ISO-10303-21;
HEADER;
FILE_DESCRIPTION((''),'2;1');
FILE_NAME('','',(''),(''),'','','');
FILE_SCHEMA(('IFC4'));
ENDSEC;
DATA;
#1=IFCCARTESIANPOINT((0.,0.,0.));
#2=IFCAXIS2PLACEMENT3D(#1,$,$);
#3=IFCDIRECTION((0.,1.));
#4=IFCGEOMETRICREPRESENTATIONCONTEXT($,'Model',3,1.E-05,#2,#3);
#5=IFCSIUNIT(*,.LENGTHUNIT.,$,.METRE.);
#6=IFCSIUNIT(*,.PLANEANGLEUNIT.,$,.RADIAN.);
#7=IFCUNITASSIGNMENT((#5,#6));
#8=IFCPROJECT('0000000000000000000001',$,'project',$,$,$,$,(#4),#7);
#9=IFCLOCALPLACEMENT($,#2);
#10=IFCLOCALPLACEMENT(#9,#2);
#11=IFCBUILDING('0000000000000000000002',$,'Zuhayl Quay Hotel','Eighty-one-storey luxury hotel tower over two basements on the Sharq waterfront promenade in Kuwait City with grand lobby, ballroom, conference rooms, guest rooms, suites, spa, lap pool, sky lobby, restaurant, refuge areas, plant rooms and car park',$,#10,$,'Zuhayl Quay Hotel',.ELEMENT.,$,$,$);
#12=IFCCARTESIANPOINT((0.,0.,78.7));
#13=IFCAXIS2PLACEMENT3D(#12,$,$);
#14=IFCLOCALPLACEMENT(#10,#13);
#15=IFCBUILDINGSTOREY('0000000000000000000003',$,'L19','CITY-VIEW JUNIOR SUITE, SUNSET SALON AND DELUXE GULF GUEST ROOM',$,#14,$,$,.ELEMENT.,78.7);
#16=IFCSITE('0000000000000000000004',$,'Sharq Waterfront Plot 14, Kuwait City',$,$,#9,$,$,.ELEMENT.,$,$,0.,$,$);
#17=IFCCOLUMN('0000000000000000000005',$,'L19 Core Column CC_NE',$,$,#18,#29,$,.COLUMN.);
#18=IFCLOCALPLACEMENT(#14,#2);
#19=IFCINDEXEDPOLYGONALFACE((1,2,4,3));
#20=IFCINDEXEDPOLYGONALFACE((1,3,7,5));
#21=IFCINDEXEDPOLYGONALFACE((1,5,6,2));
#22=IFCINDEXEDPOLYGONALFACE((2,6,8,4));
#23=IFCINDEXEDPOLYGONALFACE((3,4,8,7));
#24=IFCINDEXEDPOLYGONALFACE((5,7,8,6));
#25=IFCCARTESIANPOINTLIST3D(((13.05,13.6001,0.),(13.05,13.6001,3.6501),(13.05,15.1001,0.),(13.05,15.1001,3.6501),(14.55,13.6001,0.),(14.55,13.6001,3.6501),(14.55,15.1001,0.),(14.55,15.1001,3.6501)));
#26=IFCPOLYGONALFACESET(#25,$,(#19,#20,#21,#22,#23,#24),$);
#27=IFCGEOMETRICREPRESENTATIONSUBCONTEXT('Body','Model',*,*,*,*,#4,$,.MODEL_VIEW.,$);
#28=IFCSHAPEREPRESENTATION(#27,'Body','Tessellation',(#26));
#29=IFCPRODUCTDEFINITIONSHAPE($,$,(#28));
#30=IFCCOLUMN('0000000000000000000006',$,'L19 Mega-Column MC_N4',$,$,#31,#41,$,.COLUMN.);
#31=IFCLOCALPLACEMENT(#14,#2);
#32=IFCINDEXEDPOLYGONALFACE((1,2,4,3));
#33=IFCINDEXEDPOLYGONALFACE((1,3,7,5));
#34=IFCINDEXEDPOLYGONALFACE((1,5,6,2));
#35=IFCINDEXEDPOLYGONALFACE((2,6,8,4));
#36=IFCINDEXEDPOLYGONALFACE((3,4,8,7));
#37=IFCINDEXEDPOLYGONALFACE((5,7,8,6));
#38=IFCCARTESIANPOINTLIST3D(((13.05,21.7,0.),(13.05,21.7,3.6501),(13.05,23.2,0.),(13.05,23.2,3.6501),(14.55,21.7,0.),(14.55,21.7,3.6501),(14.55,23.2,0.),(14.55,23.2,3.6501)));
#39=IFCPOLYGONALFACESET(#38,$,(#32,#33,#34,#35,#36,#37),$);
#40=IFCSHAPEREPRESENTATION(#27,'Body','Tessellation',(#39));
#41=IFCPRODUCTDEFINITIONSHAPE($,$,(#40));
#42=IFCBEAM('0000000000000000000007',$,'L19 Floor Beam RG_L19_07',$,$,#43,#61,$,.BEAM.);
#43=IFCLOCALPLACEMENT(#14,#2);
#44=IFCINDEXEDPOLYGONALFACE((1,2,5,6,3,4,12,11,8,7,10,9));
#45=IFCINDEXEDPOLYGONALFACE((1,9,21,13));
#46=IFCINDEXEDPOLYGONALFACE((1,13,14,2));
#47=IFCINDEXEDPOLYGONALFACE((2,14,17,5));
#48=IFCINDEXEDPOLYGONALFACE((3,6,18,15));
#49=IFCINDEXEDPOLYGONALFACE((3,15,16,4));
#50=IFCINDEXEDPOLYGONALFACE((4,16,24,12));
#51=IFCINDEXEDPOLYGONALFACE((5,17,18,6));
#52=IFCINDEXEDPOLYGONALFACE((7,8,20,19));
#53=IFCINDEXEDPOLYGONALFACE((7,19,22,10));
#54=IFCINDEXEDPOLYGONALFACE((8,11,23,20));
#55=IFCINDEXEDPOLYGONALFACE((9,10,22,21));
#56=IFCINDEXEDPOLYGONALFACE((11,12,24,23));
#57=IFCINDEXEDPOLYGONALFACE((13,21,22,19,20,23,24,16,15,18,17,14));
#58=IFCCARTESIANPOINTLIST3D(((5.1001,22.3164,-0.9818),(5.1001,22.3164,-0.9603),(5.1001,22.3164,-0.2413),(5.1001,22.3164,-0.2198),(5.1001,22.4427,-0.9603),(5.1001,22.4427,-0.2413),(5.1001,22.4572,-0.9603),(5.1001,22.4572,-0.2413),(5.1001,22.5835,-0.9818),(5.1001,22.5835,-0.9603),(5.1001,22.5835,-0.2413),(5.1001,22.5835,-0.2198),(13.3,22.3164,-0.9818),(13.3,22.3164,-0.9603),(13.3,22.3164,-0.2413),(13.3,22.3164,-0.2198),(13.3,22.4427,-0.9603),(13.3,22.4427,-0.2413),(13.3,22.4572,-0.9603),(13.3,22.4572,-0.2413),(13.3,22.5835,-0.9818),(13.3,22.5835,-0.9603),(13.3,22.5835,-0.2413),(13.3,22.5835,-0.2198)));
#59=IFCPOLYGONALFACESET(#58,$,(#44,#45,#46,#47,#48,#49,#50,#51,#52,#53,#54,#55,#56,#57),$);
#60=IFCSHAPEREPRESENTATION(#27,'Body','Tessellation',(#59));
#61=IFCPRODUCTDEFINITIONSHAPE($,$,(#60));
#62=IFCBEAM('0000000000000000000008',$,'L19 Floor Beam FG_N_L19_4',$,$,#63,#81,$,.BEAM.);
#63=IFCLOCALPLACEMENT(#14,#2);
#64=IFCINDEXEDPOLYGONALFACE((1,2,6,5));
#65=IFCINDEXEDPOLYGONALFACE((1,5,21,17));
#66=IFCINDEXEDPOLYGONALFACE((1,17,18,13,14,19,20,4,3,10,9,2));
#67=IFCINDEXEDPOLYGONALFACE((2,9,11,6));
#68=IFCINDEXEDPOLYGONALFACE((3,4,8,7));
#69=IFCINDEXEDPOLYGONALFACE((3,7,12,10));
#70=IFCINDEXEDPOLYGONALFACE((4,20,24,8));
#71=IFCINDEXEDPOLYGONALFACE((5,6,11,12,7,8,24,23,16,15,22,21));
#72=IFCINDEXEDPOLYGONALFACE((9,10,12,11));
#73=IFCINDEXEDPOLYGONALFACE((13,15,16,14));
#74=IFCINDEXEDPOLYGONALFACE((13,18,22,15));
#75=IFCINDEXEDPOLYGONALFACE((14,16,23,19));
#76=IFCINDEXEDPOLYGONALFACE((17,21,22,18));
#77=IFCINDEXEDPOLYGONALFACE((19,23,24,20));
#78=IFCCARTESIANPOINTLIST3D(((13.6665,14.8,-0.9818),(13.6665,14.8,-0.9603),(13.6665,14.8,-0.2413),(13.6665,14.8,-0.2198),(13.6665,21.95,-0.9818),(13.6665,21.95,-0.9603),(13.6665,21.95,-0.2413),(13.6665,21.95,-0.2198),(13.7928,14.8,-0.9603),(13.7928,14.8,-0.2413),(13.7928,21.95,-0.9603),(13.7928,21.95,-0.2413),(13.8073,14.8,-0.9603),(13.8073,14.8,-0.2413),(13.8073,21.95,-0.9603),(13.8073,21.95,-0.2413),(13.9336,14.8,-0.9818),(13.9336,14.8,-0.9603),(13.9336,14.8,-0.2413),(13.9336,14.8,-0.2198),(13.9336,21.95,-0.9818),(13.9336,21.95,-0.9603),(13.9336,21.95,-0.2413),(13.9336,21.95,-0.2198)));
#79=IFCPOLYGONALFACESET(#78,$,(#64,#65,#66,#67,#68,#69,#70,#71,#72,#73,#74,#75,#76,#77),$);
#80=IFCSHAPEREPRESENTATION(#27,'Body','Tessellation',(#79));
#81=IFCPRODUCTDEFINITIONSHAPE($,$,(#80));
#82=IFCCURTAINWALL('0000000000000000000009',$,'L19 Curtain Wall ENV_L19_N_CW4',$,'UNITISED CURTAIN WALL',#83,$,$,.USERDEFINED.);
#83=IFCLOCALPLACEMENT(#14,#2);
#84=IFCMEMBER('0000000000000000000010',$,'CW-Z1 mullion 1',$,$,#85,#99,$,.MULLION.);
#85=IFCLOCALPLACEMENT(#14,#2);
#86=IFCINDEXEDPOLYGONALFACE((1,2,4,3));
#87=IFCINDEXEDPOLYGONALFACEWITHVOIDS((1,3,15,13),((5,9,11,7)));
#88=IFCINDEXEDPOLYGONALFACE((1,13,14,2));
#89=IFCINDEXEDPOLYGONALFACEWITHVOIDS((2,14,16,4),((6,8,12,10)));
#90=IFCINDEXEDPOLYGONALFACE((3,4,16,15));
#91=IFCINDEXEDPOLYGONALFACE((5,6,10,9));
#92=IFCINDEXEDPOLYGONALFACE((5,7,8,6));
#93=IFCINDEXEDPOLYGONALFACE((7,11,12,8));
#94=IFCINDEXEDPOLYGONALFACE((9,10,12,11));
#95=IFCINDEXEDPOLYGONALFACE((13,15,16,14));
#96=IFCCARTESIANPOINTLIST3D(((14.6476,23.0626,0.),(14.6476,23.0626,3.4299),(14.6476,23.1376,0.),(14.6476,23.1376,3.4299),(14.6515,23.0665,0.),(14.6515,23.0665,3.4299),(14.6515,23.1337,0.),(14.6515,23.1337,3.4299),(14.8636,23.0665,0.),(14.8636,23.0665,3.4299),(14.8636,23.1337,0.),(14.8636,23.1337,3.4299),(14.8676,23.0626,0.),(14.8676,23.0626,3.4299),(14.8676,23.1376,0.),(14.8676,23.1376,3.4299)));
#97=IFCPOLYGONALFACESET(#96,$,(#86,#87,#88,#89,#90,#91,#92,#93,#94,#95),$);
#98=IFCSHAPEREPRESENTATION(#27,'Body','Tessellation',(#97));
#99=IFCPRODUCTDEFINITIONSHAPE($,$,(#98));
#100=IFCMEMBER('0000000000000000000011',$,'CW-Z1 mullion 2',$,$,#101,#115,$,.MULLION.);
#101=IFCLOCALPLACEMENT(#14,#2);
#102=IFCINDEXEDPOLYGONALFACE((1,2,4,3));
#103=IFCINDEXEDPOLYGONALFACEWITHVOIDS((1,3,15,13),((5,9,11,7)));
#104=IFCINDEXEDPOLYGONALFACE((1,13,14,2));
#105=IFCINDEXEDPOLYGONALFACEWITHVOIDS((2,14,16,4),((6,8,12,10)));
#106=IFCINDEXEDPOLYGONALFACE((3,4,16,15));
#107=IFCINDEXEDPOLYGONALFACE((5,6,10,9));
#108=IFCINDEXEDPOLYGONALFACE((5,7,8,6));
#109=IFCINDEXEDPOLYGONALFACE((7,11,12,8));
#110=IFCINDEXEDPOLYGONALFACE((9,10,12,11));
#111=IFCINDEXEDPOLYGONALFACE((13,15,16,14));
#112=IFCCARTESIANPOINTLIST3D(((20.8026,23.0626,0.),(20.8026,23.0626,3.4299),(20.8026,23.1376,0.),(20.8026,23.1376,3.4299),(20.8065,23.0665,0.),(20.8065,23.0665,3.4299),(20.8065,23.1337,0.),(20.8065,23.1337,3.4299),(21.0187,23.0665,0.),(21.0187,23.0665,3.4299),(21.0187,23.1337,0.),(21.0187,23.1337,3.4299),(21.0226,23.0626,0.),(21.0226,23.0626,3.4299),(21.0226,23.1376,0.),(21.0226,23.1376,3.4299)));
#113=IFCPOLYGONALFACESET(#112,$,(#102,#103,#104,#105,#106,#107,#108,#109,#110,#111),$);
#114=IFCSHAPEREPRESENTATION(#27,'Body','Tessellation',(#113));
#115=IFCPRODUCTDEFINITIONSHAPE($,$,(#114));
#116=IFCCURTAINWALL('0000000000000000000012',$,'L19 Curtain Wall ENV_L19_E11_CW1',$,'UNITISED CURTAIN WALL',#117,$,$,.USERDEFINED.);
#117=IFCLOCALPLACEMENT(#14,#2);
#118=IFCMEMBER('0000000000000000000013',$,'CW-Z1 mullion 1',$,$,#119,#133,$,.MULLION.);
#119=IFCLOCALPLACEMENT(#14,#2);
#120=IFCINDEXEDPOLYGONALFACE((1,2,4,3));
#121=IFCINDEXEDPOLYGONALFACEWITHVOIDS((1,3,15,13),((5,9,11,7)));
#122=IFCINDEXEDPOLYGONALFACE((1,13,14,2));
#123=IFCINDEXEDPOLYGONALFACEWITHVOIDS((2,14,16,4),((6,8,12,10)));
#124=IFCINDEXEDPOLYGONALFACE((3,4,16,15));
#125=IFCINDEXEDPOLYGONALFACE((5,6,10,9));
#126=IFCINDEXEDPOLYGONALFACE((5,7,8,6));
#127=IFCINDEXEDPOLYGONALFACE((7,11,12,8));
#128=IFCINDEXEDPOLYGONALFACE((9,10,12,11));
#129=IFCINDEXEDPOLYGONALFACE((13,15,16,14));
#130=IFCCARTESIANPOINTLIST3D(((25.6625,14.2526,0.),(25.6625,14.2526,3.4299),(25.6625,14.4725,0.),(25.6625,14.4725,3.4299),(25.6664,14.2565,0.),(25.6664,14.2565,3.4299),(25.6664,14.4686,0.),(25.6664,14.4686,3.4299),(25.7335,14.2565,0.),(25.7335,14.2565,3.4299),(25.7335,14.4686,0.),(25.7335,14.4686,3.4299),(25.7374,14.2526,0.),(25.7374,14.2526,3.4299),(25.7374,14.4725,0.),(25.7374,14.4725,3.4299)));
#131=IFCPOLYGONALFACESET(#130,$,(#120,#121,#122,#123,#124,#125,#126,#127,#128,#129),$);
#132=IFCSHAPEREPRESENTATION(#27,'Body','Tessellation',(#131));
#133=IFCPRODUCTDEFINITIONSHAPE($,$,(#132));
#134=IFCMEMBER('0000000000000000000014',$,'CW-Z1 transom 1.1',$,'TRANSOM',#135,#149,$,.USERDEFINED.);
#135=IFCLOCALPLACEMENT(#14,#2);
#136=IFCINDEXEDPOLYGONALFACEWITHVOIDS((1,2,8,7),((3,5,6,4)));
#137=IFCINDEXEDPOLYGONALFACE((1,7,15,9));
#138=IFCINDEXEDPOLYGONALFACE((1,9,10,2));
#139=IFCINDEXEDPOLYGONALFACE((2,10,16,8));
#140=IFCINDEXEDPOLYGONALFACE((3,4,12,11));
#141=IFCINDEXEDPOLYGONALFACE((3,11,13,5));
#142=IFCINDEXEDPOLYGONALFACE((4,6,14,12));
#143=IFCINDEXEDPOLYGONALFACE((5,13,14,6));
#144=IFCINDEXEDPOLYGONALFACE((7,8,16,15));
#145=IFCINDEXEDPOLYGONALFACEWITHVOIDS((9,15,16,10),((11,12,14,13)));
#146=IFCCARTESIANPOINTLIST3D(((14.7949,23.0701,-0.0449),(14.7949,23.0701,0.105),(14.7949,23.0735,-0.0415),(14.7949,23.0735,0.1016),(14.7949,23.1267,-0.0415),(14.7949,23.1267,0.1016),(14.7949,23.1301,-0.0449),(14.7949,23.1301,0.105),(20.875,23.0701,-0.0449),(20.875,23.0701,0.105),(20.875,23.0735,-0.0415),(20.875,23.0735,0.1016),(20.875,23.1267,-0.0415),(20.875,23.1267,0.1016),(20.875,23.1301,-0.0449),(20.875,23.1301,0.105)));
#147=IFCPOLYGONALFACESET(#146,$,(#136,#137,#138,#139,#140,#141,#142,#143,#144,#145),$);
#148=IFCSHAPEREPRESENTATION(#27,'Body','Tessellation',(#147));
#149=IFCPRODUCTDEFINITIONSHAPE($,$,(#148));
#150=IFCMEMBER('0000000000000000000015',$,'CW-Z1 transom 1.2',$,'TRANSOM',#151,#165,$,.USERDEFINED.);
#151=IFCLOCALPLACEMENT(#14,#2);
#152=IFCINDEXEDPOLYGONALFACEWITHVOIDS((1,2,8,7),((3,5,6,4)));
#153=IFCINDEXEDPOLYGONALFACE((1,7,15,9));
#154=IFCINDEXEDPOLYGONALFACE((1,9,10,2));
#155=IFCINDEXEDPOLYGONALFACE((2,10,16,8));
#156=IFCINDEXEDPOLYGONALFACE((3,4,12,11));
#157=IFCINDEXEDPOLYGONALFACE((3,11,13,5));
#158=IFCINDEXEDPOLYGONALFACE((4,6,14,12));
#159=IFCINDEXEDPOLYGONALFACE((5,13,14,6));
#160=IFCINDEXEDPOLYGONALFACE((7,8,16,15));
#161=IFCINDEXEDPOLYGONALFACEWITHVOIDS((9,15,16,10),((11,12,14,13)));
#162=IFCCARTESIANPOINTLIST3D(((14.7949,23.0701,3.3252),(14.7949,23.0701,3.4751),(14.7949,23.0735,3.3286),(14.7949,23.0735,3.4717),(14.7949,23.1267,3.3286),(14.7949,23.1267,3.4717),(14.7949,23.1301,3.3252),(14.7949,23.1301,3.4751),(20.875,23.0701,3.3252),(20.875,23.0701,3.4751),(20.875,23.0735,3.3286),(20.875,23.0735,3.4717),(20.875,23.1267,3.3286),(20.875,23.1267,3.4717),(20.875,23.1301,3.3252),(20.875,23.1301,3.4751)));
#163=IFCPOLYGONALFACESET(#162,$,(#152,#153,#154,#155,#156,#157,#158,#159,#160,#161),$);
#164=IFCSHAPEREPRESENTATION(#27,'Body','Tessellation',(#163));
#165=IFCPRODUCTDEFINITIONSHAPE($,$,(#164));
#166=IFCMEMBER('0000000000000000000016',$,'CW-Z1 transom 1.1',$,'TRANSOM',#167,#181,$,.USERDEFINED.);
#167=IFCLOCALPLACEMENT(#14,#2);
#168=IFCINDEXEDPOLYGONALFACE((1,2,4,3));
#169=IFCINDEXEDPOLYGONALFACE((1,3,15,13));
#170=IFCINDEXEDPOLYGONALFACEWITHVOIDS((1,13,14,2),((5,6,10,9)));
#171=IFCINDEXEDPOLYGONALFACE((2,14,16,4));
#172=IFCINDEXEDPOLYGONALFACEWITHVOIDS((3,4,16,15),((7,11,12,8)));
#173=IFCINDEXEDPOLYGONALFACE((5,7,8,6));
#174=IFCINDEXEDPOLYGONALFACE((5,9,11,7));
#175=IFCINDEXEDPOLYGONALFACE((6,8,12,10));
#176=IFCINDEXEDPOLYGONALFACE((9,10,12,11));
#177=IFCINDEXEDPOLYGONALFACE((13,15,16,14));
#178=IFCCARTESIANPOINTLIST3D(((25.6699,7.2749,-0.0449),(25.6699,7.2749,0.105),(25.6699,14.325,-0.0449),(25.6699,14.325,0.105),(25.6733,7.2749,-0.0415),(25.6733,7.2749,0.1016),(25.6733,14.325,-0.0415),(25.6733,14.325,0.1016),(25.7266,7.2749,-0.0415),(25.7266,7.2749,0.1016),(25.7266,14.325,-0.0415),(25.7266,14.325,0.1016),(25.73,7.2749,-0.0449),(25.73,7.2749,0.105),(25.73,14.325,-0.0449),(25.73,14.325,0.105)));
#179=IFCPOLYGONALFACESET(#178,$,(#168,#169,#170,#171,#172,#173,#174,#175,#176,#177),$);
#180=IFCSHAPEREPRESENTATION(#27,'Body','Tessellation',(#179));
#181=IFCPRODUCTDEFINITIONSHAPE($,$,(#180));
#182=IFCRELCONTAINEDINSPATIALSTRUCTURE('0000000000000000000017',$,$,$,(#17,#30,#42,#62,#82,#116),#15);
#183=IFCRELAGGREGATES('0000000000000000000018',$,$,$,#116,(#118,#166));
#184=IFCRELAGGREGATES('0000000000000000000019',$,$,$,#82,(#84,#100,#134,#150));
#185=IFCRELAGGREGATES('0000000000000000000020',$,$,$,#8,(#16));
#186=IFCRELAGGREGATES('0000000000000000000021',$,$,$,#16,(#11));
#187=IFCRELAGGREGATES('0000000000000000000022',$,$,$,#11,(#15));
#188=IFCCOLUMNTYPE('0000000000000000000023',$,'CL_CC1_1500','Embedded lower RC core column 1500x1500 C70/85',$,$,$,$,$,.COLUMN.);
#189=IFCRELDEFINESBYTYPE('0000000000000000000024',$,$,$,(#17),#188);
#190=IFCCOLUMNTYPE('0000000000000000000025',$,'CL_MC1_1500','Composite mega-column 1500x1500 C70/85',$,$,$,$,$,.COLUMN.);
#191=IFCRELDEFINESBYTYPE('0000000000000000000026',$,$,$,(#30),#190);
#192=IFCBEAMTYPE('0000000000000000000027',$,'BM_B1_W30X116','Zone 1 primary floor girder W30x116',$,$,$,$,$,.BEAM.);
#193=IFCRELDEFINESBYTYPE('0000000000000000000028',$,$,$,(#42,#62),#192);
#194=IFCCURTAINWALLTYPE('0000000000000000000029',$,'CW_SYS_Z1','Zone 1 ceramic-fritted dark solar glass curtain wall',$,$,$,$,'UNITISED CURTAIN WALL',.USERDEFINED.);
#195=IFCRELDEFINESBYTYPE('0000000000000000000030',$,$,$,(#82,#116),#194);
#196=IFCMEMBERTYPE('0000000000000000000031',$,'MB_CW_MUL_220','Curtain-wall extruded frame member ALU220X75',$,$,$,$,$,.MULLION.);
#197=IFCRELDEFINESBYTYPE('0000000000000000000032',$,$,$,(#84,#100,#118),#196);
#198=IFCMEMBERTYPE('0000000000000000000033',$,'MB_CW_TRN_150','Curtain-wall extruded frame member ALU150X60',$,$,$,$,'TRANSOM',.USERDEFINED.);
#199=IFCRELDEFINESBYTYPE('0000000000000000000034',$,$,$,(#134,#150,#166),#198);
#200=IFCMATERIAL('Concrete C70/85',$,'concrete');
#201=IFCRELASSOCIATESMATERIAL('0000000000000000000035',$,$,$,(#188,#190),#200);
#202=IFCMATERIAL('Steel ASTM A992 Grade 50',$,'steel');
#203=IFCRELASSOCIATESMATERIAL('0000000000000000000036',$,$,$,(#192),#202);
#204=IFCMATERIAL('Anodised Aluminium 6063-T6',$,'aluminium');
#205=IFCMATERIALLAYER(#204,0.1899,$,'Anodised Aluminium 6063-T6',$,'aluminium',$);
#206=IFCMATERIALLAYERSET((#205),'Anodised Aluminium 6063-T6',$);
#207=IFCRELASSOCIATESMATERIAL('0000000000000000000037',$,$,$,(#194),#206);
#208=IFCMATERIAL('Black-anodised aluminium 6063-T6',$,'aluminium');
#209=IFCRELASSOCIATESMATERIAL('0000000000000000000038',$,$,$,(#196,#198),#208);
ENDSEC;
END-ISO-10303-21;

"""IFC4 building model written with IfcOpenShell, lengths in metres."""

from ifc_helpers import new_model, si_unit, direction, frame, origin, origin_2d, place, context, subcontext, project, spatial, rectangle, hollow_rectangle, i_section, extrude, material, layer, layer_set, material_profile, profile_set, type_object, element, aggregate, save


model = new_model("IFC4")

# Units and contexts
model_context = context("Model", 3, precision=1e-05, world=origin(), true_north=direction((0.0, 1.0)))
body_context = subcontext(model_context, "Body", "Model", "MODEL_VIEW")
ifc_project = project(units=[si_unit("LENGTHUNIT", "METRE"), si_unit("PLANEANGLEUNIT", "RADIAN")], contexts=[model_context])

# Site, building, storey
site_placement = place(None, origin())
site = spatial("IfcSite", under=ifc_project, at=site_placement, Name="Sharq Waterfront Plot 14, Kuwait City", CompositionType="ELEMENT", RefElevation=0.0)
building_placement = place(site_placement, origin())
building = spatial("IfcBuilding", under=site, at=building_placement, Name="Zuhayl Quay Hotel", Description="Eighty-one-storey luxury hotel tower over two basements on the Sharq waterfront promenade in Kuwait City with grand lobby, ballroom, conference rooms, guest rooms, suites, spa, lap pool, sky lobby, restaurant, refuge areas, plant rooms and car park", LongName="Zuhayl Quay Hotel", CompositionType="ELEMENT")
storey_placement = place(building_placement, frame((0.0, 0.0, 78.7)))
storey = spatial("IfcBuildingStorey", under=building, at=storey_placement, Name="L19", Description="CITY-VIEW JUNIOR SUITE, SUNSET SALON AND DELUXE GULF GUEST ROOM", CompositionType="ELEMENT", Elevation=78.7)

# Columns
ifc_material_1 = material(Name="Concrete C70/85", Category="concrete")
ifc_material_profile_1 = material_profile(ifc_material_1, rectangle(XDim=1.5, YDim=1.5, at=origin_2d()), Name="RC1500X1500")
ifc_profile_set_1 = profile_set([ifc_material_profile_1], Name="Concrete C70/85")
column_type_1 = type_object("IfcColumnType", Name="CL_CC1_1500", Description="Embedded lower RC core column 1500x1500 C70/85", PredefinedType="COLUMN", material=ifc_profile_set_1)
column_1_placement = place(storey_placement, frame((13.8, 14.3501, 0.0), z_axis=(0.0, 0.0, 1.0), x_axis=(1.0, 0.0, 0.0)))
element("IfcColumn", 1, at=column_1_placement, inside=storey, type_object=column_type_1, Name="L19 Core Column CC_NE", PredefinedType="COLUMN", context=body_context, shape_type="SweptSolid", body=[
    extrude(rectangle(XDim=1.5, YDim=1.5, at=origin_2d()), origin(), (0.0, 0.0, 1.0), 3.6501),
])
ifc_material_profile_2 = material_profile(ifc_material_1, rectangle(XDim=1.5, YDim=1.5, at=origin_2d()), Name="RC1500X1500")
ifc_profile_set_2 = profile_set([ifc_material_profile_2], Name="Concrete C70/85")
column_type_2 = type_object("IfcColumnType", Name="CL_MC1_1500", Description="Composite mega-column 1500x1500 C70/85", PredefinedType="COLUMN", material=ifc_profile_set_2)
column_2_placement = place(storey_placement, frame((13.8, 22.45, 0.0), z_axis=(0.0, 0.0, 1.0), x_axis=(1.0, 0.0, 0.0)))
element("IfcColumn", 2, at=column_2_placement, inside=storey, type_object=column_type_2, Name="L19 Mega-Column MC_N4", PredefinedType="COLUMN", context=body_context, shape_type="SweptSolid", body=[
    extrude(rectangle(XDim=1.5, YDim=1.5, at=origin_2d()), origin(), (0.0, 0.0, 1.0), 3.6501),
])

# Beams
ifc_material_2 = material(Name="Steel ASTM A992 Grade 50", Category="steel")
ifc_material_profile_3 = material_profile(ifc_material_2, i_section(OverallWidth=0.2671, OverallDepth=0.762, WebThickness=0.0144, FlangeThickness=0.0215, at=origin_2d()), Name="W30X116")
ifc_profile_set_3 = profile_set([ifc_material_profile_3], Name="Steel ASTM A992 Grade 50")
beam_type = type_object("IfcBeamType", Name="BM_B1_W30X116", Description="Zone 1 primary floor girder W30x116", PredefinedType="BEAM", material=ifc_profile_set_3)
beam_1_placement = place(storey_placement, frame((13.3, 22.45, -0.6008), z_axis=(-1.0, 0.0, 0.0), x_axis=(0.0, -1.0, 0.0)))
element("IfcBeam", 3, at=beam_1_placement, inside=storey, type_object=beam_type, Name="L19 Floor Beam RG_L19_07", PredefinedType="BEAM", context=body_context, shape_type="SweptSolid", body=[
    extrude(i_section(OverallWidth=0.2671, OverallDepth=0.762, WebThickness=0.0144, FlangeThickness=0.0215, at=origin_2d()), origin(), (0.0, 0.0, 1.0), 8.2),
])
beam_2_placement = place(storey_placement, frame((13.8, 14.8, -0.6008), z_axis=(0.0, 1.0, 0.0), x_axis=(-1.0, 0.0, 0.0)))
element("IfcBeam", 4, at=beam_2_placement, inside=storey, type_object=beam_type, Name="L19 Floor Beam FG_N_L19_4", PredefinedType="BEAM", context=body_context, shape_type="SweptSolid", body=[
    extrude(i_section(OverallWidth=0.2671, OverallDepth=0.762, WebThickness=0.0144, FlangeThickness=0.0215, at=origin_2d()), origin(), (0.0, 0.0, 1.0), 7.1499),
])

# Curtain wall, members
ifc_material_3 = material(Name="Anodised Aluminium 6063-T6", Category="aluminium")
ifc_layer_1 = layer(ifc_material_3, 0.1899, Name="Anodised Aluminium 6063-T6", Category="aluminium")
ifc_layer_set_1 = layer_set([ifc_layer_1], Name="Anodised Aluminium 6063-T6")
curtain_wall_type = type_object("IfcCurtainWallType", Name="CW_SYS_Z1", Description="Zone 1 ceramic-fritted dark solar glass curtain wall", ElementType="UNITISED CURTAIN WALL", PredefinedType="USERDEFINED", material=ifc_layer_set_1)
curtain_wall_1_placement = place(storey_placement, origin())
curtain_wall_1 = element("IfcCurtainWall", 5, at=curtain_wall_1_placement, inside=storey, type_object=curtain_wall_type, Name="L19 Curtain Wall ENV_L19_N_CW4", ObjectType="UNITISED CURTAIN WALL", PredefinedType="USERDEFINED")
ifc_material_4 = material(Name="Black-anodised aluminium 6063-T6", Category="aluminium")
ifc_material_profile_4 = material_profile(ifc_material_4, hollow_rectangle(XDim=0.075, YDim=0.22, WallThickness=0.0039, at=origin_2d()), Name="ALU220X75")
ifc_profile_set_4 = profile_set([ifc_material_profile_4], Name="Black-anodised aluminium 6063-T6")
member_type_1 = type_object("IfcMemberType", Name="MB_CW_MUL_220", Description="Curtain-wall extruded frame member ALU220X75", PredefinedType="MULLION", material=ifc_profile_set_4)
member_1_placement = place(storey_placement, frame((14.7576, 23.1001, 0.0), z_axis=(0.0, 0.0, 1.0), x_axis=(0.0, 1.0, 0.0)))
member_1 = element("IfcMember", 6, at=member_1_placement, type_object=member_type_1, Name="CW-Z1 mullion 1", PredefinedType="MULLION", context=body_context, shape_type="SweptSolid", body=[
    extrude(hollow_rectangle(XDim=0.075, YDim=0.22, WallThickness=0.0039, at=origin_2d()), origin(), (0.0, 0.0, 1.0), 3.4299),
])
member_2_placement = place(storey_placement, frame((20.9126, 23.1001, 0.0), z_axis=(0.0, 0.0, 1.0), x_axis=(0.0, 1.0, 0.0)))
member_2 = element("IfcMember", 7, at=member_2_placement, type_object=member_type_1, Name="CW-Z1 mullion 2", PredefinedType="MULLION", context=body_context, shape_type="SweptSolid", body=[
    extrude(hollow_rectangle(XDim=0.075, YDim=0.22, WallThickness=0.0039, at=origin_2d()), origin(), (0.0, 0.0, 1.0), 3.4299),
])

# Curtain wall, member
curtain_wall_2_placement = place(storey_placement, origin())
curtain_wall_2 = element("IfcCurtainWall", 8, at=curtain_wall_2_placement, inside=storey, type_object=curtain_wall_type, Name="L19 Curtain Wall ENV_L19_E11_CW1", ObjectType="UNITISED CURTAIN WALL", PredefinedType="USERDEFINED")
member_3_placement = place(storey_placement, frame((25.7, 14.3625, 0.0), z_axis=(0.0, 0.0, 1.0), x_axis=(1.0, 0.0, 0.0)))
member_3 = element("IfcMember", 9, at=member_3_placement, type_object=member_type_1, Name="CW-Z1 mullion 1", PredefinedType="MULLION", context=body_context, shape_type="SweptSolid", body=[
    extrude(hollow_rectangle(XDim=0.075, YDim=0.22, WallThickness=0.0039, at=origin_2d()), origin(), (0.0, 0.0, 1.0), 3.4299),
])

# Members
ifc_material_profile_5 = material_profile(ifc_material_4, hollow_rectangle(XDim=0.0601, YDim=0.1499, WallThickness=0.0034, at=origin_2d()), Name="ALU150X60")
ifc_profile_set_5 = profile_set([ifc_material_profile_5], Name="Black-anodised aluminium 6063-T6")
member_type_2 = type_object("IfcMemberType", Name="MB_CW_TRN_150", Description="Curtain-wall extruded frame member ALU150X60", ElementType="TRANSOM", PredefinedType="USERDEFINED", material=ifc_profile_set_5)
member_4_placement = place(storey_placement, frame((14.7949, 23.1001, 0.03), z_axis=(1.0, 0.0, 0.0), x_axis=(0.0, 1.0, 0.0)))
member_4 = element("IfcMember", 10, at=member_4_placement, type_object=member_type_2, Name="CW-Z1 transom 1.1", ObjectType="TRANSOM", PredefinedType="USERDEFINED", context=body_context, shape_type="SweptSolid", body=[
    extrude(hollow_rectangle(XDim=0.0601, YDim=0.1499, WallThickness=0.0034, at=origin_2d()), origin(), (0.0, 0.0, 1.0), 6.0801),
])
member_5_placement = place(storey_placement, frame((14.7949, 23.1001, 3.4001), z_axis=(1.0, 0.0, 0.0), x_axis=(0.0, 1.0, 0.0)))
member_5 = element("IfcMember", 11, at=member_5_placement, type_object=member_type_2, Name="CW-Z1 transom 1.2", ObjectType="TRANSOM", PredefinedType="USERDEFINED", context=body_context, shape_type="SweptSolid", body=[
    extrude(hollow_rectangle(XDim=0.0601, YDim=0.1499, WallThickness=0.0034, at=origin_2d()), origin(), (0.0, 0.0, 1.0), 6.0801),
])
member_6_placement = place(storey_placement, frame((25.7, 14.325, 0.03), z_axis=(0.0, -1.0, 0.0), x_axis=(1.0, 0.0, 0.0)))
member_6 = element("IfcMember", 12, at=member_6_placement, type_object=member_type_2, Name="CW-Z1 transom 1.1", ObjectType="TRANSOM", PredefinedType="USERDEFINED", context=body_context, shape_type="SweptSolid", body=[
    extrude(hollow_rectangle(XDim=0.0601, YDim=0.1499, WallThickness=0.0034, at=origin_2d()), origin(), (0.0, 0.0, 1.0), 7.05),
])
aggregate(curtain_wall_2, [member_3, member_6])

aggregate(curtain_wall_1, [member_1, member_2, member_4, member_5])

save(model, "model.ifc")
